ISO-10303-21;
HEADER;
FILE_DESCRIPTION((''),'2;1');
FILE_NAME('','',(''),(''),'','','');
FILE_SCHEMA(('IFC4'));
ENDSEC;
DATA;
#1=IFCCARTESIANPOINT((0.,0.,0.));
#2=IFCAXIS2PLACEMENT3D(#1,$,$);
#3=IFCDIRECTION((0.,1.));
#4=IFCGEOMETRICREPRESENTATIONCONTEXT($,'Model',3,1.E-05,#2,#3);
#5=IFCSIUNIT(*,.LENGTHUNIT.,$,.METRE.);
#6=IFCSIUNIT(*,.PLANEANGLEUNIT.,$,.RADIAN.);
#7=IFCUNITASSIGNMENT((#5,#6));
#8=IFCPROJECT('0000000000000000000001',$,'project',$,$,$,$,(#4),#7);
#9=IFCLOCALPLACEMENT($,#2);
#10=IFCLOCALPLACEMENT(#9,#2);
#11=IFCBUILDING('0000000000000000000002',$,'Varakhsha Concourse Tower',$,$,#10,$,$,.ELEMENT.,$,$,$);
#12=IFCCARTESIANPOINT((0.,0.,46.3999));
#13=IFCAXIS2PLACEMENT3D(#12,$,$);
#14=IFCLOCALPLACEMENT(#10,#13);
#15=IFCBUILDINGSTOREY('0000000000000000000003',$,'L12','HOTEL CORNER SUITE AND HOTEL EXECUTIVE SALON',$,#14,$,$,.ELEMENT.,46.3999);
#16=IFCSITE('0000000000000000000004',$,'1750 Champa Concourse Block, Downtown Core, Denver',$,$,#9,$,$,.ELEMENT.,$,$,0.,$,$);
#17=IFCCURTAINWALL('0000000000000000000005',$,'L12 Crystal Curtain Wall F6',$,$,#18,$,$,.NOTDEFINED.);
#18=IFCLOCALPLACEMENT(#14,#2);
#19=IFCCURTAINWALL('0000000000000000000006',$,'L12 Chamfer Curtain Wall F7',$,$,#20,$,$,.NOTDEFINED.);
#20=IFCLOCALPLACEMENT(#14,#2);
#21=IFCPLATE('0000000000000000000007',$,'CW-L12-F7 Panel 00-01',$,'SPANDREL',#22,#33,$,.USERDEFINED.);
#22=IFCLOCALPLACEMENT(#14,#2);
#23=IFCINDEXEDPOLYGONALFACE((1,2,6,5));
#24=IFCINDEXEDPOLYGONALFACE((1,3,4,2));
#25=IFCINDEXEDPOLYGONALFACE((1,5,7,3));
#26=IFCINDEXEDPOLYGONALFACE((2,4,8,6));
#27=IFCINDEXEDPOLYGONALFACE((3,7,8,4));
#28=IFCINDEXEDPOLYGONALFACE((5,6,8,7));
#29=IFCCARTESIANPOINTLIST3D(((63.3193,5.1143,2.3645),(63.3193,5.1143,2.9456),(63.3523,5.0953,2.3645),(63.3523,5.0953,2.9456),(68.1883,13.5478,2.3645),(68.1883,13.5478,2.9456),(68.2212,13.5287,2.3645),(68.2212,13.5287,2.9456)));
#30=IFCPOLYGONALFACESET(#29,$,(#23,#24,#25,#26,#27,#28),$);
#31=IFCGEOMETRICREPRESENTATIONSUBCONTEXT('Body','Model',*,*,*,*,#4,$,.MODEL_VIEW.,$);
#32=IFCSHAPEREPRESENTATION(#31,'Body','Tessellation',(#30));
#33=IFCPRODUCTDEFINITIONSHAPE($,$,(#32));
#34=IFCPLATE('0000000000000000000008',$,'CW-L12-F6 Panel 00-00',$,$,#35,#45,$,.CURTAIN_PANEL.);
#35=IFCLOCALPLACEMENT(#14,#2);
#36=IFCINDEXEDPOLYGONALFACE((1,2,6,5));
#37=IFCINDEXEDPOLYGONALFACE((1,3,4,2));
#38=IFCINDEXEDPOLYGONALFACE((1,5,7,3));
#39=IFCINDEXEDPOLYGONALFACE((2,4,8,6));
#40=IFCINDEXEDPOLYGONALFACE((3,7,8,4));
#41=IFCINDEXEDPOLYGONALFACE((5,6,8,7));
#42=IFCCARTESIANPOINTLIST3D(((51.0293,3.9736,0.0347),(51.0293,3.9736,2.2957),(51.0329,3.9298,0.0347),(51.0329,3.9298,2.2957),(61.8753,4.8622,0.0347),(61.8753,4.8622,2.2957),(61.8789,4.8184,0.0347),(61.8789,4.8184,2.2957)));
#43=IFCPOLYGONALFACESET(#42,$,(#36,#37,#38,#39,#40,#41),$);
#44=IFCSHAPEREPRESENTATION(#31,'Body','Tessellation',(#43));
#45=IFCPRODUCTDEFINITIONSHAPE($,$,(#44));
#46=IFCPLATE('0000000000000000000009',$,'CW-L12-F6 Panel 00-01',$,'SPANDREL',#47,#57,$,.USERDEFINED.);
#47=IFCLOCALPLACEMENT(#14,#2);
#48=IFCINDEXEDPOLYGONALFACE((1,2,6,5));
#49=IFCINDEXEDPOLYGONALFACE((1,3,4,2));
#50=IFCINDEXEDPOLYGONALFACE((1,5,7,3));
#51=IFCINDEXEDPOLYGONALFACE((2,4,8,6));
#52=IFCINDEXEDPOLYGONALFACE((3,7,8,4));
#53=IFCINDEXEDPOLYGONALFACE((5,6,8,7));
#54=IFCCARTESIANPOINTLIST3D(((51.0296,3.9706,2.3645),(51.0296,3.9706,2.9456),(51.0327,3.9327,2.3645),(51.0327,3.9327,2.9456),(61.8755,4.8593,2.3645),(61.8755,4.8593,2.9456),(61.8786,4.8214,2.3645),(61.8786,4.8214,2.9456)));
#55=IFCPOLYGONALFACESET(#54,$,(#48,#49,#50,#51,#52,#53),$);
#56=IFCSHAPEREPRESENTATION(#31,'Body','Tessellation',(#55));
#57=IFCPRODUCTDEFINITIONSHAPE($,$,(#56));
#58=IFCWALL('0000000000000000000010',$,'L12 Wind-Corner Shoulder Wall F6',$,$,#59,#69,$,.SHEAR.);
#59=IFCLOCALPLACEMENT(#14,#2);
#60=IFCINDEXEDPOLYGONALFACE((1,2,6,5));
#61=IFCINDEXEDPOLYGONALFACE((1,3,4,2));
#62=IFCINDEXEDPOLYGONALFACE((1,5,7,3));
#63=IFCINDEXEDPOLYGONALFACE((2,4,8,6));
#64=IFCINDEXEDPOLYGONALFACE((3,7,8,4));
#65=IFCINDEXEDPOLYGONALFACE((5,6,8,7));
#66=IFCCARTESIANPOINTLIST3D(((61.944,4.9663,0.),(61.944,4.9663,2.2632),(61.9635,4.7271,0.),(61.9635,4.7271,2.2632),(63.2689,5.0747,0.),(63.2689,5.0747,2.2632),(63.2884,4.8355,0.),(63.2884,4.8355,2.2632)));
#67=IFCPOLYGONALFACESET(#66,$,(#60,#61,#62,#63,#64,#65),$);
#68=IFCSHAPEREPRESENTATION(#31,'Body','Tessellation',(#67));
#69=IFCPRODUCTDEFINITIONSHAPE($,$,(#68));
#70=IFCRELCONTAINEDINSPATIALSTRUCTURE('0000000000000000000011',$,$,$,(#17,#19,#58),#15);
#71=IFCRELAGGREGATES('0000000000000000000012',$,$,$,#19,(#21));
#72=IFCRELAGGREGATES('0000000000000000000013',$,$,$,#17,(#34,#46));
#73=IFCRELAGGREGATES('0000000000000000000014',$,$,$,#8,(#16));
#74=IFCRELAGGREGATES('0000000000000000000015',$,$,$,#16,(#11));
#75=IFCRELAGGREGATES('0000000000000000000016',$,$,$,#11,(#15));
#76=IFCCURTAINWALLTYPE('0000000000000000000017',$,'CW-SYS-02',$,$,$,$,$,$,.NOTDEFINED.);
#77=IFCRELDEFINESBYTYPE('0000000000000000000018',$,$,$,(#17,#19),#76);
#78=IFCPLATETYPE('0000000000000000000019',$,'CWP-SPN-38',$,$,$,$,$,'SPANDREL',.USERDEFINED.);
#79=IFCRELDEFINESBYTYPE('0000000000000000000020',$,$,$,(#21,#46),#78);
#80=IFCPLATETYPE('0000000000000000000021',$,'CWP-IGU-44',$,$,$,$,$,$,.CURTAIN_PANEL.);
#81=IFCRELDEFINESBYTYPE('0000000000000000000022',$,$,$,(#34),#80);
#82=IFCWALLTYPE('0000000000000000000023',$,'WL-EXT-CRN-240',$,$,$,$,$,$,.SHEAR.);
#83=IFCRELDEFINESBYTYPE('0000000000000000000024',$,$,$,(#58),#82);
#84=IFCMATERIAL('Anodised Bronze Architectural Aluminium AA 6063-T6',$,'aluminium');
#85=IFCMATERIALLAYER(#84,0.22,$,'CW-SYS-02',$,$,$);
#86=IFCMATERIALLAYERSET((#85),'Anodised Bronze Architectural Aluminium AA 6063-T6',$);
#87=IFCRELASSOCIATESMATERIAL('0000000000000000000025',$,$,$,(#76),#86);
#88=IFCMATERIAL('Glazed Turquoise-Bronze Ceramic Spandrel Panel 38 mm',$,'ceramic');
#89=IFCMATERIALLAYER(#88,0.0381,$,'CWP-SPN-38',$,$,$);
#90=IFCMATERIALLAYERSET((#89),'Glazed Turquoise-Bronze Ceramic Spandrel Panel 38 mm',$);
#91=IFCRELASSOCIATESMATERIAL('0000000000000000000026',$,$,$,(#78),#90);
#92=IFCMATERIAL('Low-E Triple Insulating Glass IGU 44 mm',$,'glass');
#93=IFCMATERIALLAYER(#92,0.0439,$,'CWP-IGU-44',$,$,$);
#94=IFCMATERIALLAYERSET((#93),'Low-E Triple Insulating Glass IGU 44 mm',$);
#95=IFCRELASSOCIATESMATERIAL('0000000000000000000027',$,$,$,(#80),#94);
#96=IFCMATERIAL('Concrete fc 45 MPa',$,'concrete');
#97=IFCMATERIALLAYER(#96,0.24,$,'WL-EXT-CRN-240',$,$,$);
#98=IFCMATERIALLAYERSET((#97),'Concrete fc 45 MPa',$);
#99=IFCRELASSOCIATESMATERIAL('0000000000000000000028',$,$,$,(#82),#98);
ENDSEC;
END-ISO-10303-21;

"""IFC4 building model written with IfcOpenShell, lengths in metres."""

from ifc_helpers import new_model, si_unit, direction, frame, frame_2d, origin, origin_2d, place, context, subcontext, project, spatial, rectangle, extrude, source, transform, mapped, material, layer, layer_set, type_object, type_shapes, element, aggregate, save


model = new_model("IFC4")

# Units and contexts
model_context = context("Model", 3, precision=1e-05, world=origin(), true_north=direction((0.0, 1.0)))
body_context = subcontext(model_context, "Body", "Model", "MODEL_VIEW")
ifc_project = project(units=[si_unit("LENGTHUNIT", "METRE"), si_unit("PLANEANGLEUNIT", "RADIAN")], contexts=[model_context])

# Site, building, storey
site_placement = place(None, origin())
site = spatial("IfcSite", under=ifc_project, at=site_placement, Name="1750 Champa Concourse Block, Downtown Core, Denver", CompositionType="ELEMENT", RefElevation=0.0)
building_placement = place(site_placement, origin())
building = spatial("IfcBuilding", under=site, at=building_placement, Name="Varakhsha Concourse Tower", CompositionType="ELEMENT")
storey_placement = place(building_placement, frame((0.0, 0.0, 46.3999)))
storey = spatial("IfcBuildingStorey", under=building, at=storey_placement, Name="L12", Description="HOTEL CORNER SUITE AND HOTEL EXECUTIVE SALON", CompositionType="ELEMENT", Elevation=46.3999)

# Curtain walls
ifc_material_1 = material(Name="Anodised Bronze Architectural Aluminium AA 6063-T6", Category="aluminium")
ifc_layer_1 = layer(ifc_material_1, 0.22, Name="CW-SYS-02")
ifc_layer_set_1 = layer_set([ifc_layer_1], Name="Anodised Bronze Architectural Aluminium AA 6063-T6")
curtain_wall_type = type_object("IfcCurtainWallType", Name="CW-SYS-02", PredefinedType="NOTDEFINED", material=ifc_layer_set_1)
curtain_wall_1_placement = place(storey_placement, origin())
curtain_wall_1 = element("IfcCurtainWall", 1, at=curtain_wall_1_placement, inside=storey, type_object=curtain_wall_type, Name="L12 Crystal Curtain Wall F6", PredefinedType="NOTDEFINED")
curtain_wall_2_placement = place(storey_placement, origin())
curtain_wall_2 = element("IfcCurtainWall", 2, at=curtain_wall_2_placement, inside=storey, type_object=curtain_wall_type, Name="L12 Chamfer Curtain Wall F7", PredefinedType="NOTDEFINED")

# Plates
ifc_material_2 = material(Name="Glazed Turquoise-Bronze Ceramic Spandrel Panel 38 mm", Category="ceramic")
ifc_layer_2 = layer(ifc_material_2, 0.0381, Name="CWP-SPN-38")
ifc_layer_set_2 = layer_set([ifc_layer_2], Name="Glazed Turquoise-Bronze Ceramic Spandrel Panel 38 mm")
plate_type_1 = type_object("IfcPlateType", Name="CWP-SPN-38", ElementType="SPANDREL", PredefinedType="USERDEFINED", material=ifc_layer_set_2)
shared_shape_1 = source(origin(), body_context, "Body", "SweptSolid", [
    extrude(rectangle(XDim=9.738, YDim=0.0381, at=origin_2d()), origin(), (0.0, 0.0, 1.0), 0.5811),
])
plate_1_placement = place(storey_placement, frame((65.7703, 9.3215, 2.3645), z_axis=(0.0, 0.0, 1.0), x_axis=(-0.499994, -0.866029, 0.0)))
plate_1 = element("IfcPlate", 3, at=plate_1_placement, type_object=plate_type_1, Name="CW-L12-F7 Panel 00-01", ObjectType="SPANDREL", PredefinedType="USERDEFINED", context=body_context, shape_type="MappedRepresentation", body=[
    mapped(shared_shape_1, transform((0.0, 0.0, 0.0), scale=1.0)),
])
aggregate(curtain_wall_2, [plate_1])
ifc_material_3 = material(Name="Low-E Triple Insulating Glass IGU 44 mm", Category="glass")
ifc_layer_3 = layer(ifc_material_3, 0.0439, Name="CWP-IGU-44")
ifc_layer_set_3 = layer_set([ifc_layer_3], Name="Low-E Triple Insulating Glass IGU 44 mm")
plate_type_2 = type_object("IfcPlateType", Name="CWP-IGU-44", PredefinedType="CURTAIN_PANEL", material=ifc_layer_set_3)
shared_shape_2 = source(origin(), body_context, "Body", "SweptSolid", [
    extrude(rectangle(XDim=10.8823, YDim=0.0439, at=origin_2d()), origin(), (0.0, 0.0, 1.0), 2.261),
])
type_shapes(plate_type_2, [shared_shape_2])
plate_2_placement = place(storey_placement, frame((56.4541, 4.396, 0.0347), z_axis=(0.0, 0.0, 1.0), x_axis=(-0.99666, -0.081664, 0.0)))
plate_2 = element("IfcPlate", 4, at=plate_2_placement, type_object=plate_type_2, Name="CW-L12-F6 Panel 00-00", PredefinedType="CURTAIN_PANEL", context=body_context, shape_type="MappedRepresentation", body=[
    mapped(shared_shape_2, transform((0.0, 0.0, 0.0), scale=1.0)),
])
shared_shape_3 = source(origin(), body_context, "Body", "SweptSolid", [
    extrude(rectangle(XDim=10.8823, YDim=0.0381, at=origin_2d()), origin(), (0.0, 0.0, 1.0), 0.5811),
])
type_shapes(plate_type_1, [shared_shape_1, shared_shape_3])
plate_3_placement = place(storey_placement, frame((56.4541, 4.396, 2.3645), z_axis=(0.0, 0.0, 1.0), x_axis=(-0.99666, -0.081664, 0.0)))
plate_3 = element("IfcPlate", 5, at=plate_3_placement, type_object=plate_type_1, Name="CW-L12-F6 Panel 00-01", ObjectType="SPANDREL", PredefinedType="USERDEFINED", context=body_context, shape_type="MappedRepresentation", body=[
    mapped(shared_shape_3, transform((0.0, 0.0, 0.0), scale=1.0)),
])
aggregate(curtain_wall_1, [plate_2, plate_3])

# Wall
ifc_material_4 = material(Name="Concrete fc 45 MPa", Category="concrete")
ifc_layer_4 = layer(ifc_material_4, 0.24, Name="WL-EXT-CRN-240")
ifc_layer_set_4 = layer_set([ifc_layer_4], Name="Concrete fc 45 MPa")
wall_type = type_object("IfcWallType", Name="WL-EXT-CRN-240", PredefinedType="SHEAR", material=ifc_layer_set_4)
wall_placement = place(storey_placement, frame((61.9539, 4.8467, 0.0), z_axis=(0.0, 0.0, 1.0), x_axis=(0.99667, 0.081541, 0.0)))
element("IfcWall", 6, at=wall_placement, inside=storey, type_object=wall_type, Name="L12 Wind-Corner Shoulder Wall F6", PredefinedType="SHEAR", context=body_context, shape_type="SweptSolid", body=[
    extrude(rectangle(XDim=1.3293, YDim=0.24, at=frame_2d((0.6646, 0.0))), origin(), (0.0, 0.0, 1.0), 2.2632),
])

save(model, "model.ifc")
